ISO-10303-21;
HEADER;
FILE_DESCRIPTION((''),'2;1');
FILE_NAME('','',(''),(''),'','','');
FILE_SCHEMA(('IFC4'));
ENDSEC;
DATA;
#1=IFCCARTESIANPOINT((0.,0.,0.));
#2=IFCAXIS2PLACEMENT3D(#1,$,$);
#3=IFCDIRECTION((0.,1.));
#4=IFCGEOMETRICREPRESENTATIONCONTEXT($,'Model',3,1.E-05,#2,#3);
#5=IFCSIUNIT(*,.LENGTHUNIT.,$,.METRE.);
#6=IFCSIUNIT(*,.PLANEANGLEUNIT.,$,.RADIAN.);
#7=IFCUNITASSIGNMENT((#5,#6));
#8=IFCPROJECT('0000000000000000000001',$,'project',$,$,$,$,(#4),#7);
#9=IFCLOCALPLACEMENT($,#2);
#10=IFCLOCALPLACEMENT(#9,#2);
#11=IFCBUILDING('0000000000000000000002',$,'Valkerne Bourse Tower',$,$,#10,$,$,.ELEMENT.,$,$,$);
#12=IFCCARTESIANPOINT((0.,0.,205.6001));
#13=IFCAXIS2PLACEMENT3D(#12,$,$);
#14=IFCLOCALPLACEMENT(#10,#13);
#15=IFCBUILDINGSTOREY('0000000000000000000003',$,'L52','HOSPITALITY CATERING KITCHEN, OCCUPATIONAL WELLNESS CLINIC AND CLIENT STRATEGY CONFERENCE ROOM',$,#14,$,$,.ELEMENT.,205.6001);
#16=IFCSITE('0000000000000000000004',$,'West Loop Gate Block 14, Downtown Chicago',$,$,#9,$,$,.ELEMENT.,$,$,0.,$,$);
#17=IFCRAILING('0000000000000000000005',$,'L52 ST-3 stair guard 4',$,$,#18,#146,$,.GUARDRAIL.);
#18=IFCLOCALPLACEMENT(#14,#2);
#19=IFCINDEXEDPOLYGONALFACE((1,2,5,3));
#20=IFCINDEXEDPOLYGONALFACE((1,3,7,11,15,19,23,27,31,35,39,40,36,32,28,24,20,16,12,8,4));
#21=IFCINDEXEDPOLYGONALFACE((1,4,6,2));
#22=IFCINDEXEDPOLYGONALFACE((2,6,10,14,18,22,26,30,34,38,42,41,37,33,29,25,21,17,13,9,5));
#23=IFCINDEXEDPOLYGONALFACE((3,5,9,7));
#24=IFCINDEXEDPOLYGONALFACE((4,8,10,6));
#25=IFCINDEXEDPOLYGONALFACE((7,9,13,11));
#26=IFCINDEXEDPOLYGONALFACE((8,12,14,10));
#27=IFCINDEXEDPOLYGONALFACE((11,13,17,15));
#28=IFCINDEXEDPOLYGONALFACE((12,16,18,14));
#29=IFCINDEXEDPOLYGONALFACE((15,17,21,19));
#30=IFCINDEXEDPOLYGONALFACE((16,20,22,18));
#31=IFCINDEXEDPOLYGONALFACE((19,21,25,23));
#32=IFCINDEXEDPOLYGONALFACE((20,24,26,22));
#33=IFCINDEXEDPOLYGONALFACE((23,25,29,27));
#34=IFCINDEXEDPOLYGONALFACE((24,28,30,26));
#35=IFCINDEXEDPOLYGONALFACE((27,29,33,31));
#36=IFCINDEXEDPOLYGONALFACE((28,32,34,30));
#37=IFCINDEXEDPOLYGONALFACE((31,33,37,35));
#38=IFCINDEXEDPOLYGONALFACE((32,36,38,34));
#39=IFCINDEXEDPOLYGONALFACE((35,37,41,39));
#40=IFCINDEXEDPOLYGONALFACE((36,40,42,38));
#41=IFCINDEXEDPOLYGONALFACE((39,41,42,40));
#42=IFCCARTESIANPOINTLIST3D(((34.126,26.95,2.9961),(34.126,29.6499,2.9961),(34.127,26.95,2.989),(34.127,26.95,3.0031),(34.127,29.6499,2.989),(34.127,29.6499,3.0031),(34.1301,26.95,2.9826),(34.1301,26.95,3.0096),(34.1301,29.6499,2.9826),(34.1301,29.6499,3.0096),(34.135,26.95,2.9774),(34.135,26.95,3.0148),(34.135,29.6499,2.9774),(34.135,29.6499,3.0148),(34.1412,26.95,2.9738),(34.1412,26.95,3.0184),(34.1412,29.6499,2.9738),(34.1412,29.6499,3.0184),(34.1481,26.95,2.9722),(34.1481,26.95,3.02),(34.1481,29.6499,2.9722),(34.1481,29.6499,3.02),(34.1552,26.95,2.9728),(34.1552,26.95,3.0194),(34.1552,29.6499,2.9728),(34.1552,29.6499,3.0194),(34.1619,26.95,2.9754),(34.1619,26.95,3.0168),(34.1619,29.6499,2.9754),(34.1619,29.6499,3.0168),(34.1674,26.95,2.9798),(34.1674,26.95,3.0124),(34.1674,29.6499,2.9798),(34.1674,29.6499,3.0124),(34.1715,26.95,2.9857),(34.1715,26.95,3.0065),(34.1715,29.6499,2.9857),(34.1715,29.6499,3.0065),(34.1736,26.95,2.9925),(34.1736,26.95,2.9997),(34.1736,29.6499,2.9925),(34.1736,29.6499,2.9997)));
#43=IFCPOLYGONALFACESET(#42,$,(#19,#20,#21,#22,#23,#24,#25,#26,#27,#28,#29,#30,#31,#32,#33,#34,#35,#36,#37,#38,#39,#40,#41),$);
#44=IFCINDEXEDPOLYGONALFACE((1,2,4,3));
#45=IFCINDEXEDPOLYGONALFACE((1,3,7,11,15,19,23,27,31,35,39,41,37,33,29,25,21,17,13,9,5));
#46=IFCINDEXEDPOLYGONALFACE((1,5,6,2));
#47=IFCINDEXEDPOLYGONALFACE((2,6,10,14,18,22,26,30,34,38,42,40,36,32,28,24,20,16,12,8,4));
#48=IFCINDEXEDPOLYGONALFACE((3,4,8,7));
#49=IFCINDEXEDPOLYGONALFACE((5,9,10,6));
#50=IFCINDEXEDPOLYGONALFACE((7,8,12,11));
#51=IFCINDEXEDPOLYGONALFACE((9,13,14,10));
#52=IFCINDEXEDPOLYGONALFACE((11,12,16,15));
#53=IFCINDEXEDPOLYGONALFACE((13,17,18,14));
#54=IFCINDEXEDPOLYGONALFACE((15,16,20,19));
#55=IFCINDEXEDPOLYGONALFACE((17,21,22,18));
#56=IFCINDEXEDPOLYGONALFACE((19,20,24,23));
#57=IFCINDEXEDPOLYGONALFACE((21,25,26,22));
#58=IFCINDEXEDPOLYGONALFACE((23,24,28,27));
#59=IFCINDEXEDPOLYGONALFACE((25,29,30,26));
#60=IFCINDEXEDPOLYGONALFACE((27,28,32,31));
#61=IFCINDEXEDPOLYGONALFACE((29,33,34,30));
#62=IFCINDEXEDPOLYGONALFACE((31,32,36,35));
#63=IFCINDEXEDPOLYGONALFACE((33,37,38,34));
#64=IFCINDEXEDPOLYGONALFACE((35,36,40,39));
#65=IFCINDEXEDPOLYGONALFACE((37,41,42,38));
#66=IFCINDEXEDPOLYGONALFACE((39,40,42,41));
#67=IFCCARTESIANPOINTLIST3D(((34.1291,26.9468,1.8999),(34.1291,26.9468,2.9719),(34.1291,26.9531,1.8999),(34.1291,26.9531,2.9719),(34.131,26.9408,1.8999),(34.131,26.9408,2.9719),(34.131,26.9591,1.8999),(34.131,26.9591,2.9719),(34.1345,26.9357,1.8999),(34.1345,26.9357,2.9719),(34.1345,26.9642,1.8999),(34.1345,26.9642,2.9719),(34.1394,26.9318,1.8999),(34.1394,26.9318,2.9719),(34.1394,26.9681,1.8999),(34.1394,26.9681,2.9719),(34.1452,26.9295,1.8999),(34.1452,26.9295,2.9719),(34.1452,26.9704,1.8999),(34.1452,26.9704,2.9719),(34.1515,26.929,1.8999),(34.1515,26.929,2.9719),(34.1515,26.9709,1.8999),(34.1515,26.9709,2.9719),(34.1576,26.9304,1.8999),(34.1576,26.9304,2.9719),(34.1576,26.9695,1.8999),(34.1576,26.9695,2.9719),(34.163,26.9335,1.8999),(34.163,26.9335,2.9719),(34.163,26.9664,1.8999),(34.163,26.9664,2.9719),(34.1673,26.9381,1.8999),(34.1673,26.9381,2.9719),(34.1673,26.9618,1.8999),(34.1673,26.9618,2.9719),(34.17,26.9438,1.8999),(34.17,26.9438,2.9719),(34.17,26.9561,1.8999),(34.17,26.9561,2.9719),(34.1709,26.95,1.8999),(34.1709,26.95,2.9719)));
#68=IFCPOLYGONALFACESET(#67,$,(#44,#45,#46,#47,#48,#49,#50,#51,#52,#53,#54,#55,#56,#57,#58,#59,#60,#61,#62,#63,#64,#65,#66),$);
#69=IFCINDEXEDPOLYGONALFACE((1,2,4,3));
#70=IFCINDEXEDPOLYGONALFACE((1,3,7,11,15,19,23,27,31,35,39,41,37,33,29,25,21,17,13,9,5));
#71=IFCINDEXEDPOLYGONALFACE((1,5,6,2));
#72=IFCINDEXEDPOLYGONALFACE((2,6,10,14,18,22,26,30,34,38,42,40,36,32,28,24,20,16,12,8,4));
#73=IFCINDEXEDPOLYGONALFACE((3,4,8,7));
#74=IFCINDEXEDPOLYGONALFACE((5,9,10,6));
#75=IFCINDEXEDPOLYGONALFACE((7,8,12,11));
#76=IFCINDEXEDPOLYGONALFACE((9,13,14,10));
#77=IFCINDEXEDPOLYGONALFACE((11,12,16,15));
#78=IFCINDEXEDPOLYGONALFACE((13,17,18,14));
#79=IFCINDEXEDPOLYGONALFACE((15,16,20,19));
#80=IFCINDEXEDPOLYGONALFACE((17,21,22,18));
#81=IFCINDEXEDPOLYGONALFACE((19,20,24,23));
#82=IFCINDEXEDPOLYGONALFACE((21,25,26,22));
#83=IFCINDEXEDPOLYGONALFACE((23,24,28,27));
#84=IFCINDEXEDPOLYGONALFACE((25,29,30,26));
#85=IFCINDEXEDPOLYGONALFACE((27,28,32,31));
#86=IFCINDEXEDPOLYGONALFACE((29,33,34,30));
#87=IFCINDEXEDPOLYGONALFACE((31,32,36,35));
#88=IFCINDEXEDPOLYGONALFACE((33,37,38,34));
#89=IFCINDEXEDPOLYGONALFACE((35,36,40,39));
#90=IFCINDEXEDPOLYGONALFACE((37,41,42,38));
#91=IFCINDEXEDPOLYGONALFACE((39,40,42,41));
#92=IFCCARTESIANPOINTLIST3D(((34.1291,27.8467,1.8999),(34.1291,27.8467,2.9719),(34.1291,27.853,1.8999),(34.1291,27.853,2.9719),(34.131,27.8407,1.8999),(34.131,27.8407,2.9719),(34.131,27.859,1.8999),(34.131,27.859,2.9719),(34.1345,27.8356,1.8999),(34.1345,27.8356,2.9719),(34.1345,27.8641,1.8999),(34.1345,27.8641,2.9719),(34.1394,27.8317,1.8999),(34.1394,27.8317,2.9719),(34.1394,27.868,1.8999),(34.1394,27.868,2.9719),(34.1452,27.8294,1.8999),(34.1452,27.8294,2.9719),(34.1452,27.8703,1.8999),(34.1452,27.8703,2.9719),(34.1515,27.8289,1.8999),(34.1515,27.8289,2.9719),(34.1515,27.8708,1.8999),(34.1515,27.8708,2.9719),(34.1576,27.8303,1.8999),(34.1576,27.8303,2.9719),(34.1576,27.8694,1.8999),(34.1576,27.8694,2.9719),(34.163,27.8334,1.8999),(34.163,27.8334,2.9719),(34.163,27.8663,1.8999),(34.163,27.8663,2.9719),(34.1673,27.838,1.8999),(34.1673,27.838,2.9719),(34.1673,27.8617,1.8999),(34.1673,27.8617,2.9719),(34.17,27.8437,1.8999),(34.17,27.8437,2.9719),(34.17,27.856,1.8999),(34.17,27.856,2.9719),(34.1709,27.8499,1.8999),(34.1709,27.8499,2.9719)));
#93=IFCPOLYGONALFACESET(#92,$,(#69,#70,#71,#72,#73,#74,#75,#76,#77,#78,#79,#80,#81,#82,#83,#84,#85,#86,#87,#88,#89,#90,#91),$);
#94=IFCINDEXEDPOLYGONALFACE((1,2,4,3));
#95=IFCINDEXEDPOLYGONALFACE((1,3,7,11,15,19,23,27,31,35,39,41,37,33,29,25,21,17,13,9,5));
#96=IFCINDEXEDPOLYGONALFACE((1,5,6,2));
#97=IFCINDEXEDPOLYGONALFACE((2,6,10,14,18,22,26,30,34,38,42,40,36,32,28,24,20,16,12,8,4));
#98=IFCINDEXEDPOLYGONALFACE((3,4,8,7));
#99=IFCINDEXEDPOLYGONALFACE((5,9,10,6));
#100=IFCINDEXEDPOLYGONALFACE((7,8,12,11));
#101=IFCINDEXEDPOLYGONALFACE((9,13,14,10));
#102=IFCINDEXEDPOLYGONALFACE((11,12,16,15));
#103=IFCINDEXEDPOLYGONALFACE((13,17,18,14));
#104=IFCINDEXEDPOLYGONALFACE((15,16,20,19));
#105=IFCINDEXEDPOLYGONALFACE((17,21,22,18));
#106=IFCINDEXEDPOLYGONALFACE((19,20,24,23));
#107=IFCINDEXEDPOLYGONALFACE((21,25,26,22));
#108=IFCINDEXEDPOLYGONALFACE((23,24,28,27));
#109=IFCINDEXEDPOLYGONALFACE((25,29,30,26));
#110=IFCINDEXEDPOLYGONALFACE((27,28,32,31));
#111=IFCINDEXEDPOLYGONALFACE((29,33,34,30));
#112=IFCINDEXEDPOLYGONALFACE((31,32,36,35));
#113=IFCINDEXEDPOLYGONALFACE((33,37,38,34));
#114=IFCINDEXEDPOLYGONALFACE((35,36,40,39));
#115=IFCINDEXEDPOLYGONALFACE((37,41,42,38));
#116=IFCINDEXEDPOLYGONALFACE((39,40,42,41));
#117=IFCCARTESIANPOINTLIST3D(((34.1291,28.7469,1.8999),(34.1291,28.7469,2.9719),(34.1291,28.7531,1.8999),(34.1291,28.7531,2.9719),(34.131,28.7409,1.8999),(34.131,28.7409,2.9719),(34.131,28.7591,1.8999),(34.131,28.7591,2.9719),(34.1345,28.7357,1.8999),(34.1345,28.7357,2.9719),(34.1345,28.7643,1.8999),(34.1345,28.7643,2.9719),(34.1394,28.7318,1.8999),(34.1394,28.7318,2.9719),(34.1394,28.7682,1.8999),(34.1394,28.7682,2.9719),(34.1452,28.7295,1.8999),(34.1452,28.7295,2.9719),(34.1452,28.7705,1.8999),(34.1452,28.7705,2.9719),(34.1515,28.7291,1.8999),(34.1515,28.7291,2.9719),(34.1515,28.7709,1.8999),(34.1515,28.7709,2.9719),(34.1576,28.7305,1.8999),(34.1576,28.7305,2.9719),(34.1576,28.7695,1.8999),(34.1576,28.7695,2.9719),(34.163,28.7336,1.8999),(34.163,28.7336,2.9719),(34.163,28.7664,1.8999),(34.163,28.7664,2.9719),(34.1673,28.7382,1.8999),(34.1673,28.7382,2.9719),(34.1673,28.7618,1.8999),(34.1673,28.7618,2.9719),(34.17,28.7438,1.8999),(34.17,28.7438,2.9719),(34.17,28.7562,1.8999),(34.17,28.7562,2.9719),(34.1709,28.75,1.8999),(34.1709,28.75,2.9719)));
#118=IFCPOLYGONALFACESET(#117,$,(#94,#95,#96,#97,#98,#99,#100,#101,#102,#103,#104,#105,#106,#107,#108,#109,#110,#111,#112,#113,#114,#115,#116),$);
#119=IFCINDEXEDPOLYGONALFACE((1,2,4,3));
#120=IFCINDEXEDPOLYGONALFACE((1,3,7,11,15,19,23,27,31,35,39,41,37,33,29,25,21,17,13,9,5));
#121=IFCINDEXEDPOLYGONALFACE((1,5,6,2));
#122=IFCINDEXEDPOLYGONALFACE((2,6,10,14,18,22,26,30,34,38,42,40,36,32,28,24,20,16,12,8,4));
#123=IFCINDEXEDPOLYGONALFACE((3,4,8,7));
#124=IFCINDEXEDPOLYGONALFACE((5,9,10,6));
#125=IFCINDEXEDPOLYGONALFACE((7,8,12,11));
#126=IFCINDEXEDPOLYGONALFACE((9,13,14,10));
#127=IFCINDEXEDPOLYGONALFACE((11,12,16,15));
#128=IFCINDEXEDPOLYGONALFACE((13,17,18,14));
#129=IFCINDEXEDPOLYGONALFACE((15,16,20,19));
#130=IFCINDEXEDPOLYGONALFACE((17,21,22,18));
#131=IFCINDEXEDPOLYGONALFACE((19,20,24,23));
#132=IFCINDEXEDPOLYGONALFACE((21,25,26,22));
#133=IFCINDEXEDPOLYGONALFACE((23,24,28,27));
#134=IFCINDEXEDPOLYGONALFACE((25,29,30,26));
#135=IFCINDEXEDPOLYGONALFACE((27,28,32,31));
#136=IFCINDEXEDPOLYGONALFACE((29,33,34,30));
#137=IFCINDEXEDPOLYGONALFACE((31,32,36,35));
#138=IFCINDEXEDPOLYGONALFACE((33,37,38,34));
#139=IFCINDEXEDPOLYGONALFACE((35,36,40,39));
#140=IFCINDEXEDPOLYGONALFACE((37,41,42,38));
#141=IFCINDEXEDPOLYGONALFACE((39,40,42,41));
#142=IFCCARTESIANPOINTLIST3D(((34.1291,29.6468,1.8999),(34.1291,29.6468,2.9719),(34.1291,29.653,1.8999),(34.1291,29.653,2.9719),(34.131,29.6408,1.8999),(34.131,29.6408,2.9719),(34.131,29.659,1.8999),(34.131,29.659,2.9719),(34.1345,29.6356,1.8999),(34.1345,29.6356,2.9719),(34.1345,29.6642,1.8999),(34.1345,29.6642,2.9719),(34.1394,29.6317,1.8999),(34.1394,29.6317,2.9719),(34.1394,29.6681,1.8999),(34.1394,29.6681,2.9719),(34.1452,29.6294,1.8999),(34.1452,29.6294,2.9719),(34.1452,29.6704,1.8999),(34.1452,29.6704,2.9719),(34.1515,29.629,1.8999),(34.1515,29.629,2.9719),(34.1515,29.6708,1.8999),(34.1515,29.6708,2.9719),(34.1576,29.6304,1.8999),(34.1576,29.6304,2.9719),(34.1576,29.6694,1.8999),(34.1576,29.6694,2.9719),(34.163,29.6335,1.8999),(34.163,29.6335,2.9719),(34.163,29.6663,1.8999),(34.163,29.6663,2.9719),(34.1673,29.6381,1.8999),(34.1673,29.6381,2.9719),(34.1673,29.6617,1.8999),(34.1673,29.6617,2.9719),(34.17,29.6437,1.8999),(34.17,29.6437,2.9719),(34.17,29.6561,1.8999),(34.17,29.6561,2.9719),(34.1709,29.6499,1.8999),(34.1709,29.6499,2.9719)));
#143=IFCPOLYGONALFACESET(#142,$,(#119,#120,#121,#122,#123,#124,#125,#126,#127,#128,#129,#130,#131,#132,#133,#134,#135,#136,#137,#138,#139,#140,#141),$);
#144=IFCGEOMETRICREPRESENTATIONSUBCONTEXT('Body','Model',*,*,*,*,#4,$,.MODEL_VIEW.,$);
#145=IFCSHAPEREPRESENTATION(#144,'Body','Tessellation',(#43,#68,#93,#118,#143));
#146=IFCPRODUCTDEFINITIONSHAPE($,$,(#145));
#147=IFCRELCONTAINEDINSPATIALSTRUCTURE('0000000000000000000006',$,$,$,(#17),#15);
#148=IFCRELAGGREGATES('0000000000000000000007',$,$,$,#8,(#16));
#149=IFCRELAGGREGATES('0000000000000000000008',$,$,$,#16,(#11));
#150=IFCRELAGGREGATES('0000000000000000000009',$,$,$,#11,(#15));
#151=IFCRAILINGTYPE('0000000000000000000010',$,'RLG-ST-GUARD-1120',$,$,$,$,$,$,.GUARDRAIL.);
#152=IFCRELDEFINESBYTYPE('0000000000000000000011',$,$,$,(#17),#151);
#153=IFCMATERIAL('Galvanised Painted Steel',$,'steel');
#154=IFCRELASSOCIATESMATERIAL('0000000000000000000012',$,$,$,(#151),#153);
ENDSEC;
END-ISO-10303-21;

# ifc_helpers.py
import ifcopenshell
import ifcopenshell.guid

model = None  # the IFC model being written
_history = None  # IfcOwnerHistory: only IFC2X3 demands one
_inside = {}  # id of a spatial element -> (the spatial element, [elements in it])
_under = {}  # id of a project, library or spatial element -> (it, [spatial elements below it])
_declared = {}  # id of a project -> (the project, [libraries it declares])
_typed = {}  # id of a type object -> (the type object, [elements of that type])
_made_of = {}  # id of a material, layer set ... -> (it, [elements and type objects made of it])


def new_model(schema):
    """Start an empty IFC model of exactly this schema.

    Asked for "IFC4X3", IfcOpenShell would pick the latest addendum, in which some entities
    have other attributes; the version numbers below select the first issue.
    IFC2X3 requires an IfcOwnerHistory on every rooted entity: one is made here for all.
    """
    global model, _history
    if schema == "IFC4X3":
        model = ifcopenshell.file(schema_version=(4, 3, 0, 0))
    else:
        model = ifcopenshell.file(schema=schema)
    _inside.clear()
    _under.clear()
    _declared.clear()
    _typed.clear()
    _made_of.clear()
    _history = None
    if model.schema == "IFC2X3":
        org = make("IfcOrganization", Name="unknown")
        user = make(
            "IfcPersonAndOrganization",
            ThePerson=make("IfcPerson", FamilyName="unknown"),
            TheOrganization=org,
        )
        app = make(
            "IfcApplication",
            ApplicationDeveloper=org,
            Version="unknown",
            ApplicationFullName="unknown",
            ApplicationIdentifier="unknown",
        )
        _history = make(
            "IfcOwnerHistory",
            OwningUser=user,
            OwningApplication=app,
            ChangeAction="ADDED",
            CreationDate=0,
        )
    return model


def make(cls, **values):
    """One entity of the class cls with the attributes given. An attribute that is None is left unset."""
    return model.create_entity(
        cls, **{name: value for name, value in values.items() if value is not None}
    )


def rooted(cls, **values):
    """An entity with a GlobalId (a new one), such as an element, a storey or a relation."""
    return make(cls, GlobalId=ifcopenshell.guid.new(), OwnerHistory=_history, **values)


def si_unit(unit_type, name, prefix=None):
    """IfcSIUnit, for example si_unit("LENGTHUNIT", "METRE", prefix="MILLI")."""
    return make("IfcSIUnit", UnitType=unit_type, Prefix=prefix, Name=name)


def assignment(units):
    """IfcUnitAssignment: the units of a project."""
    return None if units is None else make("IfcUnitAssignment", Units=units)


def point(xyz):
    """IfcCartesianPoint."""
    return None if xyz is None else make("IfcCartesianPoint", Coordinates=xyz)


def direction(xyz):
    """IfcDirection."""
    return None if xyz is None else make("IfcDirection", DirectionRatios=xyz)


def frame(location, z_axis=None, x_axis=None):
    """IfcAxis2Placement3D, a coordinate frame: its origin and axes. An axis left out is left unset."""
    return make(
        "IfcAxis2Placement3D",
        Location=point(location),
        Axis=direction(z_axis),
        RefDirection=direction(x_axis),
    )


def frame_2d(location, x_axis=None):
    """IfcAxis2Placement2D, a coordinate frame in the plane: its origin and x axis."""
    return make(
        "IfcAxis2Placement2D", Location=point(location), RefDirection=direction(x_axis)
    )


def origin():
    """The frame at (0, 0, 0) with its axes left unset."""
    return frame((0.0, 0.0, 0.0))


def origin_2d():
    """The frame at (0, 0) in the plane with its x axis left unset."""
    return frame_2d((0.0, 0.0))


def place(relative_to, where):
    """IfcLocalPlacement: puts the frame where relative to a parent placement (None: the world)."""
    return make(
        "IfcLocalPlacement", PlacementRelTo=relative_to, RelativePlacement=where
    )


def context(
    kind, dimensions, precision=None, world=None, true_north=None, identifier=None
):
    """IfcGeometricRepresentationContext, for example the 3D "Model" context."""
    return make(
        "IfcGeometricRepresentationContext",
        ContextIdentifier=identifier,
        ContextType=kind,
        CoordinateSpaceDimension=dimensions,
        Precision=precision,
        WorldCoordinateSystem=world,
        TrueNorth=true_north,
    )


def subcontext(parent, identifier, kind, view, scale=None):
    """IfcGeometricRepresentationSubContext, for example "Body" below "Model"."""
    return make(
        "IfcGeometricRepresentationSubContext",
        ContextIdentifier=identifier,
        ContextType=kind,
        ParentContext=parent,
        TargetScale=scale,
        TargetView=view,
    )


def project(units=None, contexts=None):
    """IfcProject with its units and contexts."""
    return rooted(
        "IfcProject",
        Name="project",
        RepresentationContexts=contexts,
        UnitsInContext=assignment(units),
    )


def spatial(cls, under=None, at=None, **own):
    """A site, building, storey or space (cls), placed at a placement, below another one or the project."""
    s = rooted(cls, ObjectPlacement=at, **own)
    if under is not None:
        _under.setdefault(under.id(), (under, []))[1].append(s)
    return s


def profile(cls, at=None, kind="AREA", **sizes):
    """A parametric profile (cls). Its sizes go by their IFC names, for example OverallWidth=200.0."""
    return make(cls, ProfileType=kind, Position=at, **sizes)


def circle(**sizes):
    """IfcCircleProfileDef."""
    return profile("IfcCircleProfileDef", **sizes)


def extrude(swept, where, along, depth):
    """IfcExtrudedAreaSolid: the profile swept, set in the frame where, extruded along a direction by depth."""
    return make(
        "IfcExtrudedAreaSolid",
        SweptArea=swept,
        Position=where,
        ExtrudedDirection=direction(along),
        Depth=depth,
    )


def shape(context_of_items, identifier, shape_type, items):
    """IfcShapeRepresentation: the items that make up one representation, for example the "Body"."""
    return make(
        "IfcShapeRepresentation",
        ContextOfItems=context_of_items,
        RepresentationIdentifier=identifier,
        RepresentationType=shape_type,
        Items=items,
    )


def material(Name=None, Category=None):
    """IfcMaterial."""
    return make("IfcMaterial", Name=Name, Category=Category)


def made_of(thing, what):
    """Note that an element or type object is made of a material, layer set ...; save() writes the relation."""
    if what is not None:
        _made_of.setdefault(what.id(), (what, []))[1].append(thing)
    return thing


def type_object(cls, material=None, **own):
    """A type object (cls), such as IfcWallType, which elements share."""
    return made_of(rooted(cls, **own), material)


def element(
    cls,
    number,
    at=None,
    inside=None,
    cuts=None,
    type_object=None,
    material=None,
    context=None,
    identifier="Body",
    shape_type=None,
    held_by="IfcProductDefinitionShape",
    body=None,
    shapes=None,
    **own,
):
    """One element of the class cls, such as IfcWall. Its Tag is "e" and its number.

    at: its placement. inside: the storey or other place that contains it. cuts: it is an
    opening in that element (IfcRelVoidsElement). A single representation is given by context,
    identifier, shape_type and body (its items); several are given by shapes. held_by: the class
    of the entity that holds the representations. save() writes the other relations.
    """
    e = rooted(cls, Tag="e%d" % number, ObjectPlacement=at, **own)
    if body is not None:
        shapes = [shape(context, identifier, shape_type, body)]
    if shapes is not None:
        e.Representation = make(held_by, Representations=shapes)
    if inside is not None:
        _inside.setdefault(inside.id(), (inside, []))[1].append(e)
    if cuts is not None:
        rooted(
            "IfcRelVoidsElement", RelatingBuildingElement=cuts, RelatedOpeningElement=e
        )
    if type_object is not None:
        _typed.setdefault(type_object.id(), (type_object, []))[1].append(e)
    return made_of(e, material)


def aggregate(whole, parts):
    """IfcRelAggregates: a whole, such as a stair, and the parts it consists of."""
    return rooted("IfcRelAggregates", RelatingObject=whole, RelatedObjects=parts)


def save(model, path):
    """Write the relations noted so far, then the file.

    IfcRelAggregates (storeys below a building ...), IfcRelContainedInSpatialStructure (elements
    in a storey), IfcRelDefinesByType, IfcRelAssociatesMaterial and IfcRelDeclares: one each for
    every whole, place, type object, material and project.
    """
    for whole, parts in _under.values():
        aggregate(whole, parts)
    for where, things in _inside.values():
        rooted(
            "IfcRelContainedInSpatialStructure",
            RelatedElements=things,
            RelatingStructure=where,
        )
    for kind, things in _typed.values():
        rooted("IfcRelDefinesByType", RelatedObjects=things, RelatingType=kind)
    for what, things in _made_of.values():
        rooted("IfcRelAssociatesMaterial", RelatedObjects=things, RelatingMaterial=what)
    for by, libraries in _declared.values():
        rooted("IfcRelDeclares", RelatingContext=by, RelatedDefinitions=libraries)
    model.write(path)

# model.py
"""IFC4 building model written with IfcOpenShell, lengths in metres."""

from ifc_helpers import new_model, si_unit, direction, frame, origin, origin_2d, place, context, subcontext, project, spatial, circle, extrude, material, type_object, element, save


model = new_model("IFC4")

# Units and contexts
model_context = context("Model", 3, precision=1e-05, world=origin(), true_north=direction((0.0, 1.0)))
body_context = subcontext(model_context, "Body", "Model", "MODEL_VIEW")
ifc_project = project(units=[si_unit("LENGTHUNIT", "METRE"), si_unit("PLANEANGLEUNIT", "RADIAN")], contexts=[model_context])

# Site, building, storey
site_placement = place(None, origin())
site = spatial("IfcSite", under=ifc_project, at=site_placement, Name="West Loop Gate Block 14, Downtown Chicago", CompositionType="ELEMENT", RefElevation=0.0)
building_placement = place(site_placement, origin())
building = spatial("IfcBuilding", under=site, at=building_placement, Name="Valkerne Bourse Tower", CompositionType="ELEMENT")
storey_placement = place(building_placement, frame((0.0, 0.0, 205.6001)))
storey = spatial("IfcBuildingStorey", under=building, at=storey_placement, Name="L52", Description="HOSPITALITY CATERING KITCHEN, OCCUPATIONAL WELLNESS CLINIC AND CLIENT STRATEGY CONFERENCE ROOM", CompositionType="ELEMENT", Elevation=205.6001)

# Railing
ifc_material_1 = material(Name="Galvanised Painted Steel", Category="steel")
railing_type_1 = type_object("IfcRailingType", Name="RLG-ST-GUARD-1120", PredefinedType="GUARDRAIL", material=ifc_material_1)
for number, where, name in (
    (1, (34.1499, 26.95, 1.8999), "L52 ST-3 stair guard 4"),
):
    element("IfcRailing", number, at=place(storey_placement, frame(where)), inside=storey, type_object=railing_type_1, Name=name, PredefinedType="GUARDRAIL", context=body_context, shape_type="SweptSolid", body=[
        extrude(circle(Radius=0.0239, at=origin_2d()), frame((0.0, 0.0, 1.0962), z_axis=(0.0, 1.0, 0.0), x_axis=(-1.0, 0.0, 0.0)), (0.0, 0.0, 1.0), 2.7),
        extrude(circle(Radius=0.021, at=origin_2d()), origin(), (0.0, 0.0, 1.0), 1.072),
        extrude(circle(Radius=0.021, at=origin_2d()), frame((0.0, 0.8999, 0.0)), (0.0, 0.0, 1.0), 1.072),
        extrude(circle(Radius=0.021, at=origin_2d()), frame((0.0, 1.8, 0.0)), (0.0, 0.0, 1.0), 1.072),
        extrude(circle(Radius=0.021, at=origin_2d()), frame((0.0, 2.7, 0.0)), (0.0, 0.0, 1.0), 1.072),
    ])

save(model, "model.ifc")
